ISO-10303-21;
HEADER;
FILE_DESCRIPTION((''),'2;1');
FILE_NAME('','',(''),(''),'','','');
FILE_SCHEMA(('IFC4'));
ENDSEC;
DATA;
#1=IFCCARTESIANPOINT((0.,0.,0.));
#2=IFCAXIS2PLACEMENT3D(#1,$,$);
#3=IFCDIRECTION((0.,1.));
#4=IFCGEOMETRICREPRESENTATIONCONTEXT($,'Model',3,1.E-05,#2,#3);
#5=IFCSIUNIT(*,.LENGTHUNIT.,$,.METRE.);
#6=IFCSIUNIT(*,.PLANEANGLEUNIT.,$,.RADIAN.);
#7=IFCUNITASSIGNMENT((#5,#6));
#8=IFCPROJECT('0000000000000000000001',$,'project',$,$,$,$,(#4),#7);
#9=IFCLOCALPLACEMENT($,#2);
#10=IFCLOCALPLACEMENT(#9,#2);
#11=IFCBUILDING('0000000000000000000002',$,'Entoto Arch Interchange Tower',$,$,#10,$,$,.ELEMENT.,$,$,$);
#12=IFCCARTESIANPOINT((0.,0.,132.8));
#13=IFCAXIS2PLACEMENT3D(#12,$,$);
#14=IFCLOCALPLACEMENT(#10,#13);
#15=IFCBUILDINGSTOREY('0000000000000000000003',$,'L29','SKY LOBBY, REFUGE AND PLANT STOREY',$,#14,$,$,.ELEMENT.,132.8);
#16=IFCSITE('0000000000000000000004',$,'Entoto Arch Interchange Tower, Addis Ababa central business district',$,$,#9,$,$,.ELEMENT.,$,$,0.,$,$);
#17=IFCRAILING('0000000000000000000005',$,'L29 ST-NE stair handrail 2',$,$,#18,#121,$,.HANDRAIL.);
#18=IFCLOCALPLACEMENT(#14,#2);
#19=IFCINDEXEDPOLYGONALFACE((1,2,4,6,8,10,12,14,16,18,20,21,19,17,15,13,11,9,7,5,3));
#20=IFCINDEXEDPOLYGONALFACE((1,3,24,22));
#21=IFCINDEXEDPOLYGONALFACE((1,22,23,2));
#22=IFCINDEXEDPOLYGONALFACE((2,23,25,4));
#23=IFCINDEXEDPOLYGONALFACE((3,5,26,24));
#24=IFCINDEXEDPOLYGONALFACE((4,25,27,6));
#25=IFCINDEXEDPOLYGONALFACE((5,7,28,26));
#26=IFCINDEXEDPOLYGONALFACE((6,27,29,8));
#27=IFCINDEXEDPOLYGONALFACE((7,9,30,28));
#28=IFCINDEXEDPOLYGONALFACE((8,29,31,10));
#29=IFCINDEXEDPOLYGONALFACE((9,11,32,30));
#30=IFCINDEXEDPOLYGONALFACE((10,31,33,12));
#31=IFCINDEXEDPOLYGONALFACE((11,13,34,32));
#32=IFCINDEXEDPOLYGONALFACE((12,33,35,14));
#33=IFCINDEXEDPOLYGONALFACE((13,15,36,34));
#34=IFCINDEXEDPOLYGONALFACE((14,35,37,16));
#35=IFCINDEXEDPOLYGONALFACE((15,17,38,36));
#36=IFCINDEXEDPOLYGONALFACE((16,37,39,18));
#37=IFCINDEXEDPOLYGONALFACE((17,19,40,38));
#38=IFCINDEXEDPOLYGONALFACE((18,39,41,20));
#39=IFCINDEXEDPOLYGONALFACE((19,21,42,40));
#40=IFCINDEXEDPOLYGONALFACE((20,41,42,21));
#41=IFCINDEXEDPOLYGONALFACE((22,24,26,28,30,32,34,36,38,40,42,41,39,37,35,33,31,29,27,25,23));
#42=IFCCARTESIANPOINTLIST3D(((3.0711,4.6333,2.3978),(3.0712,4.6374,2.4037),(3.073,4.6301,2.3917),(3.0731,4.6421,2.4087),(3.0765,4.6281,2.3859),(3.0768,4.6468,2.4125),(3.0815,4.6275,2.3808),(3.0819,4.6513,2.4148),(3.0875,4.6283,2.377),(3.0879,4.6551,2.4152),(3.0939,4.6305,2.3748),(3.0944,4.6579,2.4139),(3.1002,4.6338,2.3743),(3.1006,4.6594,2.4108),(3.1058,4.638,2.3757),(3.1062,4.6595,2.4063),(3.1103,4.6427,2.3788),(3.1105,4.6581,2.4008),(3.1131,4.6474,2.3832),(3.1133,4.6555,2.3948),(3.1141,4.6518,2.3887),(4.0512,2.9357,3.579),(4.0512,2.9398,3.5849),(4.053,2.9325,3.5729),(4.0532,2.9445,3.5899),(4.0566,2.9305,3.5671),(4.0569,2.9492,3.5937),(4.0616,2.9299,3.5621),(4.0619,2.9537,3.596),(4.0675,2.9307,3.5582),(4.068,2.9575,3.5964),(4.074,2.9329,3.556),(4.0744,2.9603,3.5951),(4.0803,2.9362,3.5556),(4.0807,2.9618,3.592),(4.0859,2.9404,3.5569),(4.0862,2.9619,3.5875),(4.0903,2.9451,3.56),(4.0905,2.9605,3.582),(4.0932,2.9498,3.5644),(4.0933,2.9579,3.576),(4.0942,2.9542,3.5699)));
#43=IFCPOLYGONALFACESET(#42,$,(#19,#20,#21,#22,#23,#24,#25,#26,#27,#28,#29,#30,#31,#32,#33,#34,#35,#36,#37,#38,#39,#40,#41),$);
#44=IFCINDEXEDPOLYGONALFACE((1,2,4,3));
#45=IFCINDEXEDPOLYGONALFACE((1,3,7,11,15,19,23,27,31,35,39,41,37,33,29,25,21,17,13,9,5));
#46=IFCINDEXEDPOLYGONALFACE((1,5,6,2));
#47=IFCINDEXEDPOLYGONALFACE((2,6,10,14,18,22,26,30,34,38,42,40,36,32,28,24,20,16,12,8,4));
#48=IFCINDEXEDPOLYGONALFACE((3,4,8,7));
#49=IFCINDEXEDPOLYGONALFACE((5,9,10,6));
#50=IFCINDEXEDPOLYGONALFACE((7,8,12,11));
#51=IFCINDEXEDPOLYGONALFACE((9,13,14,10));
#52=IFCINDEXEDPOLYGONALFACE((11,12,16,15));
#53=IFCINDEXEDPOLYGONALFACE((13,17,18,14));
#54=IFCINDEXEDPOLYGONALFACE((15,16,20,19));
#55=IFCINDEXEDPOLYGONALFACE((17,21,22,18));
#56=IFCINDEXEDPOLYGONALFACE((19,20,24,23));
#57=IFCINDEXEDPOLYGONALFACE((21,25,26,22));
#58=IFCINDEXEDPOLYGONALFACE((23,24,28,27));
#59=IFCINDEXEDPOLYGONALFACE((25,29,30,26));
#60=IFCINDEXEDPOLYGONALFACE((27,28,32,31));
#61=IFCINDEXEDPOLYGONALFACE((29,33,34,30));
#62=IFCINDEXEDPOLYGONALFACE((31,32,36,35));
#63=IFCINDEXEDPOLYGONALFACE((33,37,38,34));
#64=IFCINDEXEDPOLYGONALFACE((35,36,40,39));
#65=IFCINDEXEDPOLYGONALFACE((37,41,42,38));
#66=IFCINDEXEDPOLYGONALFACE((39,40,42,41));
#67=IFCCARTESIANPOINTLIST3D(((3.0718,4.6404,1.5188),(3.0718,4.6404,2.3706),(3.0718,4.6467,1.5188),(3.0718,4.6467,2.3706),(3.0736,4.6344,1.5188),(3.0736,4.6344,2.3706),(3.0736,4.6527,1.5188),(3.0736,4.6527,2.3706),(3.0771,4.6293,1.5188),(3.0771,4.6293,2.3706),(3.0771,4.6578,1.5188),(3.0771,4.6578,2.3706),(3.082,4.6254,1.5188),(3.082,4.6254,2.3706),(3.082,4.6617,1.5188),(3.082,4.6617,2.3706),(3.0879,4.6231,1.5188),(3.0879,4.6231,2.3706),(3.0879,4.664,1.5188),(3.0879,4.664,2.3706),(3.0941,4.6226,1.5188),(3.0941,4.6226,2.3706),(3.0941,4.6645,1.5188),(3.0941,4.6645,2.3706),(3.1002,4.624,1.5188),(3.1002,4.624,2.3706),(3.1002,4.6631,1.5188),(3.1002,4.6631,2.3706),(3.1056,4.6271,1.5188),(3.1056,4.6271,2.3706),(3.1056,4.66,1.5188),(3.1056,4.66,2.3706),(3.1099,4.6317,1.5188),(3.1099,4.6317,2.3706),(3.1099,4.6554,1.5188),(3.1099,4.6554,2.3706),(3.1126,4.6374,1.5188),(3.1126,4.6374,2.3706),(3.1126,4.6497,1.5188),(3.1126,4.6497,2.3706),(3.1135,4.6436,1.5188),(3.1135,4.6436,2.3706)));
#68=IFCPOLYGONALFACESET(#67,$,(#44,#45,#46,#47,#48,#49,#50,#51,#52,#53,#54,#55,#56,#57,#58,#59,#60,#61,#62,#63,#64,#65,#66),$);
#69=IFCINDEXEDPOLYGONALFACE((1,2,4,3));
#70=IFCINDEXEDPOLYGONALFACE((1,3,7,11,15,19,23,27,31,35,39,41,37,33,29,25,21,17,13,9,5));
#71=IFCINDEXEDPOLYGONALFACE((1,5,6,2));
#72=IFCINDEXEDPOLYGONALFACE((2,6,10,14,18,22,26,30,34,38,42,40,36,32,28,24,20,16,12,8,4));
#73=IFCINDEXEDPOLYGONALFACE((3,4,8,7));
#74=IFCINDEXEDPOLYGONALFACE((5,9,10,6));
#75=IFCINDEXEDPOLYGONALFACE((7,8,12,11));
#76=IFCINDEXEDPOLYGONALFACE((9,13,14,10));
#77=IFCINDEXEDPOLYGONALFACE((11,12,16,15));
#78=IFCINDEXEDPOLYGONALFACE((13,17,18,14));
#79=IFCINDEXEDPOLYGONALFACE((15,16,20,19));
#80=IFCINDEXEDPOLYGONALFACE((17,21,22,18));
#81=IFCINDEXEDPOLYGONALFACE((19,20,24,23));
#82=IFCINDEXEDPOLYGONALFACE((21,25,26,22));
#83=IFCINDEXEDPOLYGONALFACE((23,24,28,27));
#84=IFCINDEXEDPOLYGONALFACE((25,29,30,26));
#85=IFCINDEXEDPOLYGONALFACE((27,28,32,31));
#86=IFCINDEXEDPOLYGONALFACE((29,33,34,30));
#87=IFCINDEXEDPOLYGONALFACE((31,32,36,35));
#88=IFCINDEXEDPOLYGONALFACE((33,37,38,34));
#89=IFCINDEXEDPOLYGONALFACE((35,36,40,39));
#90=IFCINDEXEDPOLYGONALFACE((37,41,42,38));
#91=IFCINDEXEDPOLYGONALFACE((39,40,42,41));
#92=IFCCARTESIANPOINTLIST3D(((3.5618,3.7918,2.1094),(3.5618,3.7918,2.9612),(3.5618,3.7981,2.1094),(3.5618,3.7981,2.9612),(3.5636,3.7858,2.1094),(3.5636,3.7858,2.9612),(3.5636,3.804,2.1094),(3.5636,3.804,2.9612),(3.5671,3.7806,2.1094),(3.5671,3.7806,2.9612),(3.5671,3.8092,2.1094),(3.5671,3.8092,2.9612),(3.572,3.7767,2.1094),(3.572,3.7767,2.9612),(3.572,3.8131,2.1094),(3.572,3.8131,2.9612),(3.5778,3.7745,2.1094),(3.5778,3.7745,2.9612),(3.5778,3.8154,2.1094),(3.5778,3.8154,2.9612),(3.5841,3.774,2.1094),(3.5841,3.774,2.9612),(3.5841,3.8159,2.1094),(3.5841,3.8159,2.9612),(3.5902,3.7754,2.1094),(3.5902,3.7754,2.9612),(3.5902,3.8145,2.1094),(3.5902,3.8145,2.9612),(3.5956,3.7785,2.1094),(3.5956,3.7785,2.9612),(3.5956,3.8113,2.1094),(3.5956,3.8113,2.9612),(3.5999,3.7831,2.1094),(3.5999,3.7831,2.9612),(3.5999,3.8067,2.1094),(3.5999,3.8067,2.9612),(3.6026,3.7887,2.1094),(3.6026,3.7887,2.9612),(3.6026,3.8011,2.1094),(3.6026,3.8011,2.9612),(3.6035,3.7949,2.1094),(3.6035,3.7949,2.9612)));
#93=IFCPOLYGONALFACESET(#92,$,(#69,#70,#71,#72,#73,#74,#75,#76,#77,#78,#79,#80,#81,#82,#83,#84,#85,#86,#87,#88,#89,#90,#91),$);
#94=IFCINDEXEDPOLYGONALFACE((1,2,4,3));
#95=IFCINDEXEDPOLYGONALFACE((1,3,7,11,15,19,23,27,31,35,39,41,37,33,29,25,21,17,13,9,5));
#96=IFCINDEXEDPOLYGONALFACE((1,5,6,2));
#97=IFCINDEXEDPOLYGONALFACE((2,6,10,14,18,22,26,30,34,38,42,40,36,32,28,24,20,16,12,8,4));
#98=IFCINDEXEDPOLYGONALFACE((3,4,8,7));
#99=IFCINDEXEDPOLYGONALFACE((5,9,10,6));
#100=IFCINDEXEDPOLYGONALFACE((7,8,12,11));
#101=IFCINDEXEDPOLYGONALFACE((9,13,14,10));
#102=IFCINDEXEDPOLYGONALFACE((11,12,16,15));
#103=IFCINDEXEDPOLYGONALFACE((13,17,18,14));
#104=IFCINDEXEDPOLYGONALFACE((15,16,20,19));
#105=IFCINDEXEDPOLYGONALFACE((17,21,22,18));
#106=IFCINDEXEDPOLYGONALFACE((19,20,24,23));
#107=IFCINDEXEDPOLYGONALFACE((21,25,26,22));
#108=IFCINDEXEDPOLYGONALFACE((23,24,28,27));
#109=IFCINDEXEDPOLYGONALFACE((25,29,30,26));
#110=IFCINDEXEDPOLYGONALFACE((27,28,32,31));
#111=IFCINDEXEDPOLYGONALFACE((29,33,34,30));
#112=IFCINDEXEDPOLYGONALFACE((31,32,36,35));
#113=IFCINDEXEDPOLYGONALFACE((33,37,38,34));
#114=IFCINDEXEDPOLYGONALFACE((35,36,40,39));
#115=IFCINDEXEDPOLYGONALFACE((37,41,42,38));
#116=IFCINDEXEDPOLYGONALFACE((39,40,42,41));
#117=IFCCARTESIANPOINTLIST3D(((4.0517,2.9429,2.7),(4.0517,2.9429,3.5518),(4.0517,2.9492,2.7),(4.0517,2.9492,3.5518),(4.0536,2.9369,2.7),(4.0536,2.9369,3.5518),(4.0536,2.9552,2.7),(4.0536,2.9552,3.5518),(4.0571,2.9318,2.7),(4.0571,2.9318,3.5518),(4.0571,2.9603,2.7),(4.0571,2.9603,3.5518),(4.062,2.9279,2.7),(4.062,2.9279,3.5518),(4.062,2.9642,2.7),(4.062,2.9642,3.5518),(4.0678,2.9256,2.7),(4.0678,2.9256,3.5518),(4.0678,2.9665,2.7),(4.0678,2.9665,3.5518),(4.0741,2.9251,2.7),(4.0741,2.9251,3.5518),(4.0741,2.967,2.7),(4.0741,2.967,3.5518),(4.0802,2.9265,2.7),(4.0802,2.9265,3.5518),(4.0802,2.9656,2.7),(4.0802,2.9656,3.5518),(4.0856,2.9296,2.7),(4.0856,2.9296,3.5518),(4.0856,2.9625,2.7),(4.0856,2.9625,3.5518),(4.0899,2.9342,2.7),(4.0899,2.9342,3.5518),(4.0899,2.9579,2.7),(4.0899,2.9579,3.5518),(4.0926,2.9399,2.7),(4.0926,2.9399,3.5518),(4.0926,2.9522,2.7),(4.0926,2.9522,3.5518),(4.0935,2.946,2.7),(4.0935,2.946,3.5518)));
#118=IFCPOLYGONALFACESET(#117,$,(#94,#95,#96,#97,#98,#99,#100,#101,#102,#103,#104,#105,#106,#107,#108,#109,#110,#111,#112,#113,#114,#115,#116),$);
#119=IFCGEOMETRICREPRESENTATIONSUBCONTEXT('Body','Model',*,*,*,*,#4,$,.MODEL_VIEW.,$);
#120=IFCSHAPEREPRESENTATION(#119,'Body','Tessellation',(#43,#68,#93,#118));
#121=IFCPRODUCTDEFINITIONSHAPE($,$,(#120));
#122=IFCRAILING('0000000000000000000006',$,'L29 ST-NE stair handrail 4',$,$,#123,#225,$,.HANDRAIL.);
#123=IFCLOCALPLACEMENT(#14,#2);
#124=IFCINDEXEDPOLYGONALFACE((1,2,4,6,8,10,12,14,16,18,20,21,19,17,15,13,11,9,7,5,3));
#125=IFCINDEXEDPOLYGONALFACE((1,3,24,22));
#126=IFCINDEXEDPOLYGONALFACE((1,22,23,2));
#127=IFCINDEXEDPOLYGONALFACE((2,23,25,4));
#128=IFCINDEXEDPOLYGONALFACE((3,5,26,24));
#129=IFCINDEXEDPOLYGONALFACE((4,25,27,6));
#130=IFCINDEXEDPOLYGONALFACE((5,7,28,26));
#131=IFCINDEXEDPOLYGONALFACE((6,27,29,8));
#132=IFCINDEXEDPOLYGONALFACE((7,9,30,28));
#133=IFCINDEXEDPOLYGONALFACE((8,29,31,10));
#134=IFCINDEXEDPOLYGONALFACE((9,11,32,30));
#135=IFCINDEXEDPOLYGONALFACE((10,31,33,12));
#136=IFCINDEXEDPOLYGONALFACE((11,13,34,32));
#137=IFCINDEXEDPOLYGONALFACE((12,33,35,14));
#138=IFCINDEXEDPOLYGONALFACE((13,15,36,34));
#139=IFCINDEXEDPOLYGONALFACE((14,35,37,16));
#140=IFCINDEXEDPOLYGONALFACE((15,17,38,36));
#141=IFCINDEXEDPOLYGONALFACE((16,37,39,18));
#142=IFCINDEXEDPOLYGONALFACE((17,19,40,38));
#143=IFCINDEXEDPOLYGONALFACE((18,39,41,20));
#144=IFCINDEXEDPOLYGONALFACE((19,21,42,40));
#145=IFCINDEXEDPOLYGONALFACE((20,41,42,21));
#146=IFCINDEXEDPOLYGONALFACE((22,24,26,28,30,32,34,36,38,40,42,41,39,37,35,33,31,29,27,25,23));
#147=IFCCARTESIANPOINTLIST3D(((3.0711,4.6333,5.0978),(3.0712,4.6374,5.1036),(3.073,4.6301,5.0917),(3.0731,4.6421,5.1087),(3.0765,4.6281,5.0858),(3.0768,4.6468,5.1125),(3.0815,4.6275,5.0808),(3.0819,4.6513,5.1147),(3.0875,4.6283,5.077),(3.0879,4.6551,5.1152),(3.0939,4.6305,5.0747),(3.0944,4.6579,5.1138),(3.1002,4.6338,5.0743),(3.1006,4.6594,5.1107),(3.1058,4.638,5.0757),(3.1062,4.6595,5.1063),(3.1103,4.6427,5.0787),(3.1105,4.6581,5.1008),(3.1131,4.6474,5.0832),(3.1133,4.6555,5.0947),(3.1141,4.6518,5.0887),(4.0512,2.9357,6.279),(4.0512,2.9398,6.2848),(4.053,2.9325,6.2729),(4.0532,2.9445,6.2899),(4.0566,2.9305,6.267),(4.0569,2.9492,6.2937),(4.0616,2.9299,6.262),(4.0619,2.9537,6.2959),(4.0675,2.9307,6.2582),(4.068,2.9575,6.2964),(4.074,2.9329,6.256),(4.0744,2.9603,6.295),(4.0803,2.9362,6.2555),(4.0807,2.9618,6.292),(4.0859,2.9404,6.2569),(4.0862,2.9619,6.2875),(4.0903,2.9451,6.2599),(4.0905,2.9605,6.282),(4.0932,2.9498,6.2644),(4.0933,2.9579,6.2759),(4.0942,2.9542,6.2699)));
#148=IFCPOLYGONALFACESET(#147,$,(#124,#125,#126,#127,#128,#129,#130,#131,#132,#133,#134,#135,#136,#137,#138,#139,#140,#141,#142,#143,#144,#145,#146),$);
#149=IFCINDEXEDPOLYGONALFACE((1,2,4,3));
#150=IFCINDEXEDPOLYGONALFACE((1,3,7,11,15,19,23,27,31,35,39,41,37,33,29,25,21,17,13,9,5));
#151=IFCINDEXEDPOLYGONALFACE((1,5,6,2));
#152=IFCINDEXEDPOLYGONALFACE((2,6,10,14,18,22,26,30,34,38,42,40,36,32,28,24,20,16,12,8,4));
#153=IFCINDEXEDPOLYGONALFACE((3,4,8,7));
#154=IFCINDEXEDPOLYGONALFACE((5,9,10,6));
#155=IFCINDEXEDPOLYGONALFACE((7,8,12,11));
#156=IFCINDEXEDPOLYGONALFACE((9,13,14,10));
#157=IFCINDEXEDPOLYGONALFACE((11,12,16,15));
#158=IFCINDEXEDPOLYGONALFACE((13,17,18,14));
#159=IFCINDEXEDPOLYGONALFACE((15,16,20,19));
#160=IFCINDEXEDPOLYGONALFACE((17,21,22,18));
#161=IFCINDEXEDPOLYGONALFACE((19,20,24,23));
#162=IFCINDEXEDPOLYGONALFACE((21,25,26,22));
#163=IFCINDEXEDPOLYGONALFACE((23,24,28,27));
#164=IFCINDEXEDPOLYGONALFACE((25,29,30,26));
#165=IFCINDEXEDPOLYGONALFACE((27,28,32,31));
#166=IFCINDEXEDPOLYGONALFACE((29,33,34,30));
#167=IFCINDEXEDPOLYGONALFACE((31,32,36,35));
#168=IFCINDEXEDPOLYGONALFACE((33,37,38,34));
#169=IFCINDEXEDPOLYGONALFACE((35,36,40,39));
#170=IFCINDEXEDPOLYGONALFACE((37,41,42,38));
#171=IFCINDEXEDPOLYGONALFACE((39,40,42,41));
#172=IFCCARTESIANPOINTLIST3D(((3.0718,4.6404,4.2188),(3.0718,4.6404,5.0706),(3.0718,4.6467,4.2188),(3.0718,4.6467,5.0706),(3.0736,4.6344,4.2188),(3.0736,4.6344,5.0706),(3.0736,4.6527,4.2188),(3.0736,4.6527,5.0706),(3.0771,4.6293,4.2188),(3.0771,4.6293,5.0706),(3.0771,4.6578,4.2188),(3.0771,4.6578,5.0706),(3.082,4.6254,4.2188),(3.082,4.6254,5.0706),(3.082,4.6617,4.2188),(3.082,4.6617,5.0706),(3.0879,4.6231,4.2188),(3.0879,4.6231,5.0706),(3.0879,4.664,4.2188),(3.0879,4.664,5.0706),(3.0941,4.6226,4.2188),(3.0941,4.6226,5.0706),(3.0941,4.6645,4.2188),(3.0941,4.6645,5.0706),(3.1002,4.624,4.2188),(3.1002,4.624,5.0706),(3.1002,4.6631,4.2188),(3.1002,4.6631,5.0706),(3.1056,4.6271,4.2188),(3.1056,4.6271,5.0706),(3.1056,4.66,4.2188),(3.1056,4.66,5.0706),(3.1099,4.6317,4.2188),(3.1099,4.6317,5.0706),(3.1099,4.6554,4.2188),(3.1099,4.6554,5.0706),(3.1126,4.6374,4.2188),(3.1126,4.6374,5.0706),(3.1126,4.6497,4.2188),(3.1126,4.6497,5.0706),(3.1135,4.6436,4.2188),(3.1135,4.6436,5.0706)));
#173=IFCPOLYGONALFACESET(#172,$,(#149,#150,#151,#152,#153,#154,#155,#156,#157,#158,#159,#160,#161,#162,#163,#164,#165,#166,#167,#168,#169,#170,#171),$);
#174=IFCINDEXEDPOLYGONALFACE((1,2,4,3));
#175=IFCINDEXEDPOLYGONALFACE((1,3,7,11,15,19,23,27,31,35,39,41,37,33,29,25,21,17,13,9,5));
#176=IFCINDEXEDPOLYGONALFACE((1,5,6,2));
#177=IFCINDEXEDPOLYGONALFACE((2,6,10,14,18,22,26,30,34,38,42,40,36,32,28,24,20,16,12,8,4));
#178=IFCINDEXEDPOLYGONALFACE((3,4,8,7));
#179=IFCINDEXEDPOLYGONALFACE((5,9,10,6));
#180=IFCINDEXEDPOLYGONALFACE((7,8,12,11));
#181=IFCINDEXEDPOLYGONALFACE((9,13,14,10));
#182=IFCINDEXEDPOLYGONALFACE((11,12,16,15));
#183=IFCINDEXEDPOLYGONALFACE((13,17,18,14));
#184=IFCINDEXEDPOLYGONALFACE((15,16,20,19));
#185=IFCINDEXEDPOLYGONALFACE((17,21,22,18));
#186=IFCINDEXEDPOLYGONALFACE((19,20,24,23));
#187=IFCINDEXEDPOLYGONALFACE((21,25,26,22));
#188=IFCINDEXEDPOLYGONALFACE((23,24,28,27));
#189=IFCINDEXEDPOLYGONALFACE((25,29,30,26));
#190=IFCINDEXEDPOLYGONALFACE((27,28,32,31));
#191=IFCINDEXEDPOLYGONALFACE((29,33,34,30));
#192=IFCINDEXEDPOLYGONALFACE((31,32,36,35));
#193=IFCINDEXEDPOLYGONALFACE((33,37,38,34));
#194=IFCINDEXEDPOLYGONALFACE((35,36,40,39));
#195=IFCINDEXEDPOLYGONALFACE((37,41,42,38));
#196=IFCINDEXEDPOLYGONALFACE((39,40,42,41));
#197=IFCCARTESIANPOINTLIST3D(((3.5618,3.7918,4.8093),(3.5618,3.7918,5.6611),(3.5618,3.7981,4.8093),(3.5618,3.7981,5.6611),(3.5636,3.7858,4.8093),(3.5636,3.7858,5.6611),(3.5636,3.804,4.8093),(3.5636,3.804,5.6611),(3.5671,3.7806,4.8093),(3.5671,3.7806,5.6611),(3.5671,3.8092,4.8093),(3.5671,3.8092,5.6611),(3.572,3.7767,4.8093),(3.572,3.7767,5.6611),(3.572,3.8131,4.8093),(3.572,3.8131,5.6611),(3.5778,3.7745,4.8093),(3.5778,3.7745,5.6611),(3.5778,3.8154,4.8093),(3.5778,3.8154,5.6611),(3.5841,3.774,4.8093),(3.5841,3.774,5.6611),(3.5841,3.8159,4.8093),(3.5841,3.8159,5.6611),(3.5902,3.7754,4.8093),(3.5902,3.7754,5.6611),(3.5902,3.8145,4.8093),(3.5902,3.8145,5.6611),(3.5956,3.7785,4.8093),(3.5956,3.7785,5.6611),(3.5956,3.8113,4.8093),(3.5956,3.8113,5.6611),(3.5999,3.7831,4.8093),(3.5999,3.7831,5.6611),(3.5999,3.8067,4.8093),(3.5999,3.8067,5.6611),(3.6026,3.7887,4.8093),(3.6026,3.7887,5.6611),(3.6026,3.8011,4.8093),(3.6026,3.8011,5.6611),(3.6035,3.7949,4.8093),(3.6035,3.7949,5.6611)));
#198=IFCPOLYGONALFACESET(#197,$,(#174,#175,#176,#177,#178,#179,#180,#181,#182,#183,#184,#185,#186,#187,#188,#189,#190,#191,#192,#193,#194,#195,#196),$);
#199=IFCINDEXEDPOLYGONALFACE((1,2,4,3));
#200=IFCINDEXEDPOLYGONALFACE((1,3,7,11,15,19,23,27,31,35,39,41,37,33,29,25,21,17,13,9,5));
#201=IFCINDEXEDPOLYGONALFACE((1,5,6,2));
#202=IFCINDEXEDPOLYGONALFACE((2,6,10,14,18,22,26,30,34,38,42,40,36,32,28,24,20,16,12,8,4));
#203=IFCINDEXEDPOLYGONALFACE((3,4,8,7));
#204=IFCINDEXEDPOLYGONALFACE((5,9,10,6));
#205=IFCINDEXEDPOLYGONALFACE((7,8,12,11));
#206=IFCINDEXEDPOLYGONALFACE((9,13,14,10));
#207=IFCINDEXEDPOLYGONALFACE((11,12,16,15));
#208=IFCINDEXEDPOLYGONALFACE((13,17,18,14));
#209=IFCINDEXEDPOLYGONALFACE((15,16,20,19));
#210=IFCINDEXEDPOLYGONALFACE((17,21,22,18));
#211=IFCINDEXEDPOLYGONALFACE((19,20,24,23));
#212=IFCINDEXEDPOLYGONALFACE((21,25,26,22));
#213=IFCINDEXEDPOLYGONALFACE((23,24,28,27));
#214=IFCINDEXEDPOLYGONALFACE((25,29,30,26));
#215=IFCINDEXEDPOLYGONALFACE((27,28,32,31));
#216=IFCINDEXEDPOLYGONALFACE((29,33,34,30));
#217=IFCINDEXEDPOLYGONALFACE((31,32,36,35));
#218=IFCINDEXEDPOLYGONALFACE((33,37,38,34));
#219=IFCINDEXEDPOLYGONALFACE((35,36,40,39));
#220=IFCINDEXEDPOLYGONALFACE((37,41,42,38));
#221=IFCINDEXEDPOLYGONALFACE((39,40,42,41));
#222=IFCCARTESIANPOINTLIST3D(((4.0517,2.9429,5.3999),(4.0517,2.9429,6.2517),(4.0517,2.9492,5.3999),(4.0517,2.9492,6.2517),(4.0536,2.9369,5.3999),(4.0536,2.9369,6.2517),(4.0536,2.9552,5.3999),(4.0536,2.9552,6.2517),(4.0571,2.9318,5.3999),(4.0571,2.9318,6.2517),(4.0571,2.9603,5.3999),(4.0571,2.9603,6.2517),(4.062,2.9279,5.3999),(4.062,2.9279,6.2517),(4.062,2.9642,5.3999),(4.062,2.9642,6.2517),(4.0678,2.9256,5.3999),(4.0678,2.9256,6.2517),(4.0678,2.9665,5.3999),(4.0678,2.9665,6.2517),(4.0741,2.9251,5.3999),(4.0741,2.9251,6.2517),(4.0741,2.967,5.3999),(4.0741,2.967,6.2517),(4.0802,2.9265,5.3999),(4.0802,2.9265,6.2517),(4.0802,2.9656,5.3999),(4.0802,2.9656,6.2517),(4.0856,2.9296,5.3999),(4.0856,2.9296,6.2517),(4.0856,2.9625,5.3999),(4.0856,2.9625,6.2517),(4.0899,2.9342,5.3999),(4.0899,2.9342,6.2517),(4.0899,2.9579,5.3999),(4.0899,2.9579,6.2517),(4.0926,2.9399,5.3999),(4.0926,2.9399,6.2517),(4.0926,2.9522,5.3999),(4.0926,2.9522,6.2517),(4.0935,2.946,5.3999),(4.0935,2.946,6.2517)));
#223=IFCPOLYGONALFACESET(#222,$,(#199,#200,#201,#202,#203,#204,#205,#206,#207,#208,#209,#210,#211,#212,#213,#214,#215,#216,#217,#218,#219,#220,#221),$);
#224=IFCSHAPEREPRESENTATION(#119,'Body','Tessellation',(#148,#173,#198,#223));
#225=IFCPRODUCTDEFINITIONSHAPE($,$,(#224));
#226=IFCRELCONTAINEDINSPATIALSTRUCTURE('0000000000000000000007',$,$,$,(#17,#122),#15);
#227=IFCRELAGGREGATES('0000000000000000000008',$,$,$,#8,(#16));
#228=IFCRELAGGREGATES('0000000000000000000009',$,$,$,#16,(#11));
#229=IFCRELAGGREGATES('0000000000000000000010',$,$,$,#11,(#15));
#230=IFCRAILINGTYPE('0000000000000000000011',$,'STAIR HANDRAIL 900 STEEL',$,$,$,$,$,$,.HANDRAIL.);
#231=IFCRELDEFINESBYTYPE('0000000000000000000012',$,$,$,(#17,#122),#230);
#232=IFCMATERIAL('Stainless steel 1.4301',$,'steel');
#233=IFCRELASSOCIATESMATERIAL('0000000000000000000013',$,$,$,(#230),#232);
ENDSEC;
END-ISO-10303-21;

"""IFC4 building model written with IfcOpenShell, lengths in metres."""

from ifc_helpers import new_model, si_unit, direction, frame, origin, origin_2d, place, context, subcontext, project, spatial, circle, extrude, material, type_object, element, save


model = new_model("IFC4")

# Units and contexts
model_context = context("Model", 3, precision=1e-05, world=origin(), true_north=direction((0.0, 1.0)))
body_context = subcontext(model_context, "Body", "Model", "MODEL_VIEW")
ifc_project = project(units=[si_unit("LENGTHUNIT", "METRE"), si_unit("PLANEANGLEUNIT", "RADIAN")], contexts=[model_context])

# Site, building, storey
site_placement = place(None, origin())
site = spatial("IfcSite", under=ifc_project, at=site_placement, Name="Entoto Arch Interchange Tower, Addis Ababa central business district", CompositionType="ELEMENT", RefElevation=0.0)
building_placement = place(site_placement, origin())
building = spatial("IfcBuilding", under=site, at=building_placement, Name="Entoto Arch Interchange Tower", CompositionType="ELEMENT")
storey_placement = place(building_placement, frame((0.0, 0.0, 132.8)))
storey = spatial("IfcBuildingStorey", under=building, at=storey_placement, Name="L29", Description="SKY LOBBY, REFUGE AND PLANT STOREY", CompositionType="ELEMENT", Elevation=132.8)

# Railings
ifc_material_1 = material(Name="Stainless steel 1.4301", Category="steel")
railing_type = type_object("IfcRailingType", Name="STAIR HANDRAIL 900 STEEL", PredefinedType="HANDRAIL", material=ifc_material_1)
for number, where, name in (
    (1, (3.0925, 4.6436, 1.5188), "L29 ST-NE stair handrail 2"),
    (2, (3.0925, 4.6436, 4.2188), "L29 ST-NE stair handrail 4"),
):
    element("IfcRailing", number, at=place(storey_placement, frame(where)), inside=storey, type_object=railing_type, Name=name, PredefinedType="HANDRAIL", context=body_context, shape_type="SweptSolid", body=[
        extrude(circle(Radius=0.0239, at=origin_2d()), frame((0.0, 0.0, 0.876), z_axis=(0.428228, -0.741771, 0.516135), x_axis=(0.866042, 0.49997, 0.0)), (0.0, 0.0, 1.0), 2.2886),
        extrude(circle(Radius=0.021, at=origin_2d()), origin(), (0.0, 0.0, 1.0), 0.8518),
        extrude(circle(Radius=0.021, at=origin_2d()), frame((0.49, -0.8486, 0.5906)), (0.0, 0.0, 1.0), 0.8518),
        extrude(circle(Radius=0.021, at=origin_2d()), frame((0.98, -1.6975, 1.1812)), (0.0, 0.0, 1.0), 0.8518),
    ])

save(model, "model.ifc")
